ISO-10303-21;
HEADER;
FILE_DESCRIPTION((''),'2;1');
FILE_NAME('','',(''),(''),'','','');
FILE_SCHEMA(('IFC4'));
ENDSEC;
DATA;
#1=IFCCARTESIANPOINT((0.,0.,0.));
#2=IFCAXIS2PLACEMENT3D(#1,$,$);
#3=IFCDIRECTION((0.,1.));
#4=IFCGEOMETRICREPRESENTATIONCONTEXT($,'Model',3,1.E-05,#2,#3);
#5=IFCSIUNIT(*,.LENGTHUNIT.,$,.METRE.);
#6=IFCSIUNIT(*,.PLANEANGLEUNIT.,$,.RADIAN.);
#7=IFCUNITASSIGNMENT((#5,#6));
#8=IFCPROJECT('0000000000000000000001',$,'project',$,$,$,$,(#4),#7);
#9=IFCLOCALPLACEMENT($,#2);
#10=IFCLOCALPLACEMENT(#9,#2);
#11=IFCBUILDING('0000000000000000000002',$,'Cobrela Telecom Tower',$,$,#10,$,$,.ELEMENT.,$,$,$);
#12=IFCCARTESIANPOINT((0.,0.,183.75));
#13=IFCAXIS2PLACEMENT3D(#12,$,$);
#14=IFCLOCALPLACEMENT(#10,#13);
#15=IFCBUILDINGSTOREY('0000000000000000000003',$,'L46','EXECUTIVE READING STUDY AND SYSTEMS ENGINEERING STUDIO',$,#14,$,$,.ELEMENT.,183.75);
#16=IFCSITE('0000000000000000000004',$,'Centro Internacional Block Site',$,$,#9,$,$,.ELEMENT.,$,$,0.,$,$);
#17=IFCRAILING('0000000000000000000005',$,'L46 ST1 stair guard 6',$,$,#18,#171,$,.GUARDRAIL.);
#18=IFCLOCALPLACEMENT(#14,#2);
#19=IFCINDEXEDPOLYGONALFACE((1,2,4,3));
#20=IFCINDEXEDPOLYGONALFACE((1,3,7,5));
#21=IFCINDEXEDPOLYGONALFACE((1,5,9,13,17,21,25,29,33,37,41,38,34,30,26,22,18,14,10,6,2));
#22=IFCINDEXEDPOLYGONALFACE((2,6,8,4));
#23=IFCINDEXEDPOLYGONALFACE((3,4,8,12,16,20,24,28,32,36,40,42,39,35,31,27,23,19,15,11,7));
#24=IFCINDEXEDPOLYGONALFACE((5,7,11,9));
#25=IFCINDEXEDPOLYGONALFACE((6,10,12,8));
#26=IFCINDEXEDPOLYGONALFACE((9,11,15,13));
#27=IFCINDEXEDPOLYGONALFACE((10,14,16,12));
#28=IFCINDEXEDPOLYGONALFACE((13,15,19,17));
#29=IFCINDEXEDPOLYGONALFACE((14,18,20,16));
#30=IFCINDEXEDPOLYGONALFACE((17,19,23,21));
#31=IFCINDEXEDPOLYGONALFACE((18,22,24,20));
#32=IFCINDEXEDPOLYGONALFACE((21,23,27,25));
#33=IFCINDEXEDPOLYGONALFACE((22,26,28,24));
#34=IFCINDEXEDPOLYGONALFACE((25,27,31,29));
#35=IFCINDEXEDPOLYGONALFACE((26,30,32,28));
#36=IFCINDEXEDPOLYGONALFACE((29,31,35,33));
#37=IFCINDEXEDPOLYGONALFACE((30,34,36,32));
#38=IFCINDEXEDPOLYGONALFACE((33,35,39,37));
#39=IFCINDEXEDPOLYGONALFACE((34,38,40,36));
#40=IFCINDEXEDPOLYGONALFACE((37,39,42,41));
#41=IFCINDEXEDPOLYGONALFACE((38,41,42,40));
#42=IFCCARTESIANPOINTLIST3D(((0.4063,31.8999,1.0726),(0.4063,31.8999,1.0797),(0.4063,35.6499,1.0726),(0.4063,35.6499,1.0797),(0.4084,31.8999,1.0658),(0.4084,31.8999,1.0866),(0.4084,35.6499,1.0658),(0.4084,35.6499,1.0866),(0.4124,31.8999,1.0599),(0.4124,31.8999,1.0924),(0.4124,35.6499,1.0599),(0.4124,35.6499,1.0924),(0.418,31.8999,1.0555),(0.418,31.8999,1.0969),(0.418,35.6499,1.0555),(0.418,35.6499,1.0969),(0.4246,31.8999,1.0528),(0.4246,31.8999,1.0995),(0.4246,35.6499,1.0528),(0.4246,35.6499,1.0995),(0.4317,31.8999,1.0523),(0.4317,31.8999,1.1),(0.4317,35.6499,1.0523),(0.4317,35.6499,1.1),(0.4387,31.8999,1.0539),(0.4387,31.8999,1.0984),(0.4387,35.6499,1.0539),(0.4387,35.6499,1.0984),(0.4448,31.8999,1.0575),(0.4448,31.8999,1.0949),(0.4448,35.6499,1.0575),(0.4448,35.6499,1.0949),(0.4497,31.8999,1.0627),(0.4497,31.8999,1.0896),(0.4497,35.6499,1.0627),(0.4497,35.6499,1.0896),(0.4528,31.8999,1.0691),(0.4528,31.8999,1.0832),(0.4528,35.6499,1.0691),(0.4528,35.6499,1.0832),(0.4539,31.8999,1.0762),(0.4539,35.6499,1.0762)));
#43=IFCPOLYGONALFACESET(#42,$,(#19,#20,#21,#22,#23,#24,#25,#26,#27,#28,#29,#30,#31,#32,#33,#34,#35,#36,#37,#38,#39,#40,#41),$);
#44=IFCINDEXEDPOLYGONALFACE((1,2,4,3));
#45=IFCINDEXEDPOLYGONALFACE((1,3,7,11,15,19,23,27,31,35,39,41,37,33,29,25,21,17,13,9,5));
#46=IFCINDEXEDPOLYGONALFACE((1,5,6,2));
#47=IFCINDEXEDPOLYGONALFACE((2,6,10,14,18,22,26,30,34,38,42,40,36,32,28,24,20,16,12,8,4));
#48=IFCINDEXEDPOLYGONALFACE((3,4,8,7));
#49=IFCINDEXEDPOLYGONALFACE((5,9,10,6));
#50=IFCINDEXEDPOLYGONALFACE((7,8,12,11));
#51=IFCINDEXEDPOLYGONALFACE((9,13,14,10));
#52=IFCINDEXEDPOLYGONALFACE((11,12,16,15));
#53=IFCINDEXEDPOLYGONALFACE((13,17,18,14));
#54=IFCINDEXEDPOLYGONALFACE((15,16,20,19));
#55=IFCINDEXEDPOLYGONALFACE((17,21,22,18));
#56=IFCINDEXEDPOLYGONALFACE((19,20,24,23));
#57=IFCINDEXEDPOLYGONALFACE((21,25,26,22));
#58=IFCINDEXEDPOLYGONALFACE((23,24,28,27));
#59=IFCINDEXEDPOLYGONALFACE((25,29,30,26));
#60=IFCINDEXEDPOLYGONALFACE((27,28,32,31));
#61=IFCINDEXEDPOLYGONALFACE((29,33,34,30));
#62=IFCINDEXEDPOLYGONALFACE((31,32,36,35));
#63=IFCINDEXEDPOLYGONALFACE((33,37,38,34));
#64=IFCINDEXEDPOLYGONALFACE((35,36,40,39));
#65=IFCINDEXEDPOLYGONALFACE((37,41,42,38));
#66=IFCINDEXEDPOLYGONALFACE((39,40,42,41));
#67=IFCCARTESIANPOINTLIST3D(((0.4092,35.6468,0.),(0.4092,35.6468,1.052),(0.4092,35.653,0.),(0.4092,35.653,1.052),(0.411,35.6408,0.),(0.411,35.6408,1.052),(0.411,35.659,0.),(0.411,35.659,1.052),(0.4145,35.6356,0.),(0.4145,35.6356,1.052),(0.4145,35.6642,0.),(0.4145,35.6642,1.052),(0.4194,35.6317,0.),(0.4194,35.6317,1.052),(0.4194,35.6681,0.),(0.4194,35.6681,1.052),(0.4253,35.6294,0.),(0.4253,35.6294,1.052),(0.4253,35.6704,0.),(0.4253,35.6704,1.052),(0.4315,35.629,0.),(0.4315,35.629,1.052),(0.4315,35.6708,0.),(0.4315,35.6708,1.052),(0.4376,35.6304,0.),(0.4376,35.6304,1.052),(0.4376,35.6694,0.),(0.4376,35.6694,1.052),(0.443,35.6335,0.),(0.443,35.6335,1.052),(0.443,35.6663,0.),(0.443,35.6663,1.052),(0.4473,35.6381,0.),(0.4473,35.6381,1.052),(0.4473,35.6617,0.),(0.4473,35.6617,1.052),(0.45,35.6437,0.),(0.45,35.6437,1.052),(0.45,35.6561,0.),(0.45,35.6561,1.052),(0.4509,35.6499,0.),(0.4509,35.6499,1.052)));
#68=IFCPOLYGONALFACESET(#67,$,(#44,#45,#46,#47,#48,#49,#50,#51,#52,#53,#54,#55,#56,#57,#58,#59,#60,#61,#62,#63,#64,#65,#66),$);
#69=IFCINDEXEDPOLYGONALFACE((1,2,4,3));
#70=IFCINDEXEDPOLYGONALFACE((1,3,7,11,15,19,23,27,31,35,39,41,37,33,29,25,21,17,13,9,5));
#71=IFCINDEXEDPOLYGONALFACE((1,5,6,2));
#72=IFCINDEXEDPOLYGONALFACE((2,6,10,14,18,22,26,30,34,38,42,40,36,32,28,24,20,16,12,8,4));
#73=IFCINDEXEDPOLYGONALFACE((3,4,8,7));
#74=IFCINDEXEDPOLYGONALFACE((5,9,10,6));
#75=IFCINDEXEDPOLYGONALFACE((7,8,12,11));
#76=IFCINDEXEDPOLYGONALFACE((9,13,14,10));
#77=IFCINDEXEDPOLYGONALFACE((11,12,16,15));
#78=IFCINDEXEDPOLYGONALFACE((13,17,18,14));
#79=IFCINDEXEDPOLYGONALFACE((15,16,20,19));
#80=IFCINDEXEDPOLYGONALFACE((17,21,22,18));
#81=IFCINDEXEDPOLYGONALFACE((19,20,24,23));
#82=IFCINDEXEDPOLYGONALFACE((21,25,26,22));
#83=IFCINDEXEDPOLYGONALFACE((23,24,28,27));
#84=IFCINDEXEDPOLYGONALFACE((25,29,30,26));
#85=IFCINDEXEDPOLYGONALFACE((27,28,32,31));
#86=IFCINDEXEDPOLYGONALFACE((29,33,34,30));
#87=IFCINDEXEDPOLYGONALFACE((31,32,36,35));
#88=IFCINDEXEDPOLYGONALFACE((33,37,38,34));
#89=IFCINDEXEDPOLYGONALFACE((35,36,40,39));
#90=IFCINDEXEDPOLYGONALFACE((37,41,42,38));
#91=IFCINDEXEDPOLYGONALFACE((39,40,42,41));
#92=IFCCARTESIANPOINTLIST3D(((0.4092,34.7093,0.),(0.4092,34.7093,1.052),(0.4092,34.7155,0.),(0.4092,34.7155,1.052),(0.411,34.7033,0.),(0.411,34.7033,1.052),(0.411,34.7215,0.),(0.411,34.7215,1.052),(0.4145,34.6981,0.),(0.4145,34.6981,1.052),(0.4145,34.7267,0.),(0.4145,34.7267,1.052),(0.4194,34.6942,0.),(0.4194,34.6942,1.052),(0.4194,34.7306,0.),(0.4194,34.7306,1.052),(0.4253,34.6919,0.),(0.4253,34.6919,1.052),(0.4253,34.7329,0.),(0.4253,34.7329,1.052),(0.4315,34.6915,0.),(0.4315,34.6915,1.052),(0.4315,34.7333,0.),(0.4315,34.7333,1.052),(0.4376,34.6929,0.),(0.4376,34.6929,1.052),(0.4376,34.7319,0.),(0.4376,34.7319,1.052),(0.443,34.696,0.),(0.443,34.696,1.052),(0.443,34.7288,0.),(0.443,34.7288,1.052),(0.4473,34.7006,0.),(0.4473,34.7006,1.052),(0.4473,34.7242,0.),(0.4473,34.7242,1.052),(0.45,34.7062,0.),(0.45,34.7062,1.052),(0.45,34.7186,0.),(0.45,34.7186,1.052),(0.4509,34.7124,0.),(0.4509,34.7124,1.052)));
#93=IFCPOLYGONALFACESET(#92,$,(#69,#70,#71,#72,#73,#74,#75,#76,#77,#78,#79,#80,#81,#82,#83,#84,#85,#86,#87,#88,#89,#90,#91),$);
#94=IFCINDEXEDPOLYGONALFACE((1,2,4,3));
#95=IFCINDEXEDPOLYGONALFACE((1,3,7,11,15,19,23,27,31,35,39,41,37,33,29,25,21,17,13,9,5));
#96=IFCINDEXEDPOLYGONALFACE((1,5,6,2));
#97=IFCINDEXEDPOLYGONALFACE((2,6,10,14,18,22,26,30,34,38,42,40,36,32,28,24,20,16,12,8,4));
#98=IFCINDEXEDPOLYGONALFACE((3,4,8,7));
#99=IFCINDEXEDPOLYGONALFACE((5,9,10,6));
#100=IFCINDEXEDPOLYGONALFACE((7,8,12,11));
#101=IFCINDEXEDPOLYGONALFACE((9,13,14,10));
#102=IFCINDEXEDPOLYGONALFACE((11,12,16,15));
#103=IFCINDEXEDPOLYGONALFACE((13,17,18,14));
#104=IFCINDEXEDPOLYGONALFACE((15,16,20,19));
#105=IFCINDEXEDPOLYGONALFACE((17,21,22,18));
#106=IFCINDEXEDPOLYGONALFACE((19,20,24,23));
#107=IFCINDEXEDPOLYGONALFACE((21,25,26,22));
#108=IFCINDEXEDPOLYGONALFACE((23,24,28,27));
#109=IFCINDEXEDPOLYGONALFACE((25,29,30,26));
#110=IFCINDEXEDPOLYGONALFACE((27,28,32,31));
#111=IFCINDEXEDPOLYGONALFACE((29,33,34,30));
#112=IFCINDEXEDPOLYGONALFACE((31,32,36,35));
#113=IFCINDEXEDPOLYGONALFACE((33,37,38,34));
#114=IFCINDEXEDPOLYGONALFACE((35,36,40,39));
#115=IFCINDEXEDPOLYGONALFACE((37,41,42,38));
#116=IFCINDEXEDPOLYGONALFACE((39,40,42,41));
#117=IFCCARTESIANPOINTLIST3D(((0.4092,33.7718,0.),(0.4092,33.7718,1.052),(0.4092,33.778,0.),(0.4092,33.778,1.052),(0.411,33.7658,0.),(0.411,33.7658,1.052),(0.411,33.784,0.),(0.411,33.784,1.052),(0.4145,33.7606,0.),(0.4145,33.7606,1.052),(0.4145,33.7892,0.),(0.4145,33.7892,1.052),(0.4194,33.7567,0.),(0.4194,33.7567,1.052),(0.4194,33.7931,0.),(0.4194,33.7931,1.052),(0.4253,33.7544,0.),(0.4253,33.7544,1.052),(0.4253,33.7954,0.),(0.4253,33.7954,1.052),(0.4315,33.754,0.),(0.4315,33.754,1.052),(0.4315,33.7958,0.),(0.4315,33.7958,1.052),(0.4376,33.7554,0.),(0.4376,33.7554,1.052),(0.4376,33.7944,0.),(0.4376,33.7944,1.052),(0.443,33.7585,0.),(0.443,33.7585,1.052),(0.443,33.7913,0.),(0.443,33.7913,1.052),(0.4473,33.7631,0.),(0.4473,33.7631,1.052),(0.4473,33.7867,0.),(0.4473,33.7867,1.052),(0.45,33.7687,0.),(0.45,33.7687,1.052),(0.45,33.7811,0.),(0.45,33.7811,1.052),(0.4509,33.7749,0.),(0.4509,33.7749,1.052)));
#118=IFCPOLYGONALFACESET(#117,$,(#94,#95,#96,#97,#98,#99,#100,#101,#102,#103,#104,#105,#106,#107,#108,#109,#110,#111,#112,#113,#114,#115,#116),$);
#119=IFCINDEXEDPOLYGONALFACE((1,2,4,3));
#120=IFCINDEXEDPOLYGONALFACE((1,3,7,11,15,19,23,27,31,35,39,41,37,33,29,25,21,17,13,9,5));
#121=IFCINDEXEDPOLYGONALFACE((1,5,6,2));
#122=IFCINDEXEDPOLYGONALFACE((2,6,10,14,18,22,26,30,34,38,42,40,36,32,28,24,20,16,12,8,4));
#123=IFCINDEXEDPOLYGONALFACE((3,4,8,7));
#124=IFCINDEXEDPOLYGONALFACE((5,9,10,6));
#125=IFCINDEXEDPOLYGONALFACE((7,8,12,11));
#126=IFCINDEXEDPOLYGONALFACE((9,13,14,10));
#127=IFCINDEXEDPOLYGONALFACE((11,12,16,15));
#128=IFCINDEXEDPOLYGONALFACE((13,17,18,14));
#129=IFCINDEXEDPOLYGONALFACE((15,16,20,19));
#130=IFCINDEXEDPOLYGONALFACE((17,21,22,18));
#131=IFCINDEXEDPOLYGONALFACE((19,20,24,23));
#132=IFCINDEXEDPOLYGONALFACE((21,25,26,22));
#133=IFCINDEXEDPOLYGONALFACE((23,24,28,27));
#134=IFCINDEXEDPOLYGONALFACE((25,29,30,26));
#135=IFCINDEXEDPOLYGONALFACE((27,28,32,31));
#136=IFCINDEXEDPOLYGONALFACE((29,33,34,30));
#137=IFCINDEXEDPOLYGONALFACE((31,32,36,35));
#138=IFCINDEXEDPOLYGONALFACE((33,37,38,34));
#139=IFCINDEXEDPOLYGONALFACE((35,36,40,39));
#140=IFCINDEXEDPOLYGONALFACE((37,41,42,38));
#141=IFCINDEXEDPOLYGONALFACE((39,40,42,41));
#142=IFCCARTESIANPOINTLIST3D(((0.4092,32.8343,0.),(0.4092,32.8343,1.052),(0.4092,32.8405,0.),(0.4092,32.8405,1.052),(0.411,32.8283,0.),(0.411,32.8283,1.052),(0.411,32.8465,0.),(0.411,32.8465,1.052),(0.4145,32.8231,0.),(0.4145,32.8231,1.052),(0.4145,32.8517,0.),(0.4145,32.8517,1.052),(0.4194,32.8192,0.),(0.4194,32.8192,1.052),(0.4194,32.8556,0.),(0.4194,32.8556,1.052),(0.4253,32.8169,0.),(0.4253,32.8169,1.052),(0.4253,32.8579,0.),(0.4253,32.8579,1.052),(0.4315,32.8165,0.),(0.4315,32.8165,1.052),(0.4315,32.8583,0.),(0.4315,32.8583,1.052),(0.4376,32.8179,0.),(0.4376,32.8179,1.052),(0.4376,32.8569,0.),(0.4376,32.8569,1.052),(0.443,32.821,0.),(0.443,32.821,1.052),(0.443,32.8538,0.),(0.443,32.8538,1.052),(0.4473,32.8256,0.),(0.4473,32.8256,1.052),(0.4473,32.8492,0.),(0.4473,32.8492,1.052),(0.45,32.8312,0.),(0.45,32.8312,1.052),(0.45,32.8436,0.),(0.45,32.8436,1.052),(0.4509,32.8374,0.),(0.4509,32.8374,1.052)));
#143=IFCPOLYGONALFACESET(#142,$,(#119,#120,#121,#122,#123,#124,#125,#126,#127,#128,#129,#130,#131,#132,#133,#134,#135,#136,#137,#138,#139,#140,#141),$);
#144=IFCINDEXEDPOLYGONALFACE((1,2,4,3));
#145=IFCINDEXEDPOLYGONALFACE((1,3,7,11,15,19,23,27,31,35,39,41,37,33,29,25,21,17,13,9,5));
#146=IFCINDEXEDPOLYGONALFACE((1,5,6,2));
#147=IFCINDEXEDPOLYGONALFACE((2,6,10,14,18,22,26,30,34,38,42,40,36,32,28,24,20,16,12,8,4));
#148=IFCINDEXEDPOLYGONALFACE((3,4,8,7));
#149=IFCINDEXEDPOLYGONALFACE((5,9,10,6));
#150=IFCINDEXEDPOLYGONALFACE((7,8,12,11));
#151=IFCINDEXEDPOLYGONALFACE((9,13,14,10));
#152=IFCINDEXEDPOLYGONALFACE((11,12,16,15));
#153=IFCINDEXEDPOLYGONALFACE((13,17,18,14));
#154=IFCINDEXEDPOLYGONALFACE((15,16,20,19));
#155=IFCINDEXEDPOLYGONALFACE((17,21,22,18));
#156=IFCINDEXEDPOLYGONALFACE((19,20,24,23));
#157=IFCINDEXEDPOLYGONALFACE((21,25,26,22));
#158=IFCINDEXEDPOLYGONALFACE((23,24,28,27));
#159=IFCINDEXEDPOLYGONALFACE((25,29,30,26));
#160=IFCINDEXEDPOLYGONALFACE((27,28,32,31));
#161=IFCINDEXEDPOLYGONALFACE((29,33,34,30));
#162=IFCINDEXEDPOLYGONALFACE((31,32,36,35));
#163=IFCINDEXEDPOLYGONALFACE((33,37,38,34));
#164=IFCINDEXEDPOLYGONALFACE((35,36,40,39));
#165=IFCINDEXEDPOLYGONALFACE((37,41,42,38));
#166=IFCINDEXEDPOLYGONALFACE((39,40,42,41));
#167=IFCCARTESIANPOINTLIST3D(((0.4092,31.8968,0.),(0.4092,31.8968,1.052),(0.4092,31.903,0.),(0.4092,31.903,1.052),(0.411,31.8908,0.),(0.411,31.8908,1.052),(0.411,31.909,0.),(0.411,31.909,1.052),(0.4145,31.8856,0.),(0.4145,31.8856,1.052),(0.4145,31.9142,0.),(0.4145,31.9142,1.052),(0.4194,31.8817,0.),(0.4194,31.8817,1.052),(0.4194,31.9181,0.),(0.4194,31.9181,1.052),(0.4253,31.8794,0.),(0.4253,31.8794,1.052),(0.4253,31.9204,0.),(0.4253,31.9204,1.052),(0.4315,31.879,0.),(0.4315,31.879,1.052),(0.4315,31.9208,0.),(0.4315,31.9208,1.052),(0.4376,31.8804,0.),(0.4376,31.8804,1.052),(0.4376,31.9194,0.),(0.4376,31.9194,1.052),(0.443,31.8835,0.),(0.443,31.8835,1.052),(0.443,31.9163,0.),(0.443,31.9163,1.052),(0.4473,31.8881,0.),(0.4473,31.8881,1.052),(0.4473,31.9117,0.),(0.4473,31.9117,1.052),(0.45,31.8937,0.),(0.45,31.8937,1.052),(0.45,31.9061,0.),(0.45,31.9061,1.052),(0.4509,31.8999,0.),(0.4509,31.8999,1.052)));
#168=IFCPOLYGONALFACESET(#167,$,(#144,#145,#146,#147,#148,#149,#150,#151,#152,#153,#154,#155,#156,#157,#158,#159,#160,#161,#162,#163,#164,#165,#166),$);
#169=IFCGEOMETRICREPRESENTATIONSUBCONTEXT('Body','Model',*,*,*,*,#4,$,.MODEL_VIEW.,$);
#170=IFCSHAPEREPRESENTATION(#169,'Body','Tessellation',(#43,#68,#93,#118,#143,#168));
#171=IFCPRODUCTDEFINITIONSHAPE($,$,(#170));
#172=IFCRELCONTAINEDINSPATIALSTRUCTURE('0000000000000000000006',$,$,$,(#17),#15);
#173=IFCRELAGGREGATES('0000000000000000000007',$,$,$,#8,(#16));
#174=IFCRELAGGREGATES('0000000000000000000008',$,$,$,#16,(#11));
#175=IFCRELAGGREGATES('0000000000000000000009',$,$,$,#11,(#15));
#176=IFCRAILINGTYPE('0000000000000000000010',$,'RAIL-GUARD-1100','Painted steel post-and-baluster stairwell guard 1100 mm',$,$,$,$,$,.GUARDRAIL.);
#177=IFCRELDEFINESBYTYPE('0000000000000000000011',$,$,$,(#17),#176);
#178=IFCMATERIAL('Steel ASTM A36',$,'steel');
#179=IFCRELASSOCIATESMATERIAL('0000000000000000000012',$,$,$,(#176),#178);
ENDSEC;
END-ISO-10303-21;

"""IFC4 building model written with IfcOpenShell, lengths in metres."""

from ifc_helpers import new_model, si_unit, direction, frame, origin, origin_2d, place, context, subcontext, project, spatial, circle, extrude, material, type_object, element, save


model = new_model("IFC4")

# Units and contexts
model_context = context("Model", 3, precision=1e-05, world=origin(), true_north=direction((0.0, 1.0)))
body_context = subcontext(model_context, "Body", "Model", "MODEL_VIEW")
ifc_project = project(units=[si_unit("LENGTHUNIT", "METRE"), si_unit("PLANEANGLEUNIT", "RADIAN")], contexts=[model_context])

# Site, building, storey
site_placement = place(None, origin())
site = spatial("IfcSite", under=ifc_project, at=site_placement, Name="Centro Internacional Block Site", CompositionType="ELEMENT", RefElevation=0.0)
building_placement = place(site_placement, origin())
building = spatial("IfcBuilding", under=site, at=building_placement, Name="Cobrela Telecom Tower", CompositionType="ELEMENT")
storey_placement = place(building_placement, frame((0.0, 0.0, 183.75)))
storey = spatial("IfcBuildingStorey", under=building, at=storey_placement, Name="L46", Description="EXECUTIVE READING STUDY AND SYSTEMS ENGINEERING STUDIO", CompositionType="ELEMENT", Elevation=183.75)

# Shared definitions
ifc_material_1 = material(Name="Steel ASTM A36", Category="steel")

# Railing
railing_type_1 = type_object("IfcRailingType", Name="RAIL-GUARD-1100", Description="Painted steel post-and-baluster stairwell guard 1100 mm", PredefinedType="GUARDRAIL", material=ifc_material_1)
railing_1_placement = place(storey_placement, frame((0.4299, 35.6499, 0.0)))
element("IfcRailing", 1, at=railing_1_placement, inside=storey, type_object=railing_type_1, Name="L46 ST1 stair guard 6", PredefinedType="GUARDRAIL", context=body_context, shape_type="SweptSolid", body=[
    extrude(circle(Radius=0.0239, at=origin_2d()), frame((0.0, 0.0, 1.0762), z_axis=(0.0, -1.0, 0.0), x_axis=(1.0, 0.0, 0.0)), (0.0, 0.0, 1.0), 3.75),
    extrude(circle(Radius=0.021, at=origin_2d()), origin(), (0.0, 0.0, 1.0), 1.052),
    extrude(circle(Radius=0.021, at=origin_2d()), frame((0.0, -0.9375, 0.0)), (0.0, 0.0, 1.0), 1.052),
    extrude(circle(Radius=0.021, at=origin_2d()), frame((0.0, -1.875, 0.0)), (0.0, 0.0, 1.0), 1.052),
    extrude(circle(Radius=0.021, at=origin_2d()), frame((0.0, -2.8125, 0.0)), (0.0, 0.0, 1.0), 1.052),
    extrude(circle(Radius=0.021, at=origin_2d()), frame((0.0, -3.75, 0.0)), (0.0, 0.0, 1.0), 1.052),
])

save(model, "model.ifc")
